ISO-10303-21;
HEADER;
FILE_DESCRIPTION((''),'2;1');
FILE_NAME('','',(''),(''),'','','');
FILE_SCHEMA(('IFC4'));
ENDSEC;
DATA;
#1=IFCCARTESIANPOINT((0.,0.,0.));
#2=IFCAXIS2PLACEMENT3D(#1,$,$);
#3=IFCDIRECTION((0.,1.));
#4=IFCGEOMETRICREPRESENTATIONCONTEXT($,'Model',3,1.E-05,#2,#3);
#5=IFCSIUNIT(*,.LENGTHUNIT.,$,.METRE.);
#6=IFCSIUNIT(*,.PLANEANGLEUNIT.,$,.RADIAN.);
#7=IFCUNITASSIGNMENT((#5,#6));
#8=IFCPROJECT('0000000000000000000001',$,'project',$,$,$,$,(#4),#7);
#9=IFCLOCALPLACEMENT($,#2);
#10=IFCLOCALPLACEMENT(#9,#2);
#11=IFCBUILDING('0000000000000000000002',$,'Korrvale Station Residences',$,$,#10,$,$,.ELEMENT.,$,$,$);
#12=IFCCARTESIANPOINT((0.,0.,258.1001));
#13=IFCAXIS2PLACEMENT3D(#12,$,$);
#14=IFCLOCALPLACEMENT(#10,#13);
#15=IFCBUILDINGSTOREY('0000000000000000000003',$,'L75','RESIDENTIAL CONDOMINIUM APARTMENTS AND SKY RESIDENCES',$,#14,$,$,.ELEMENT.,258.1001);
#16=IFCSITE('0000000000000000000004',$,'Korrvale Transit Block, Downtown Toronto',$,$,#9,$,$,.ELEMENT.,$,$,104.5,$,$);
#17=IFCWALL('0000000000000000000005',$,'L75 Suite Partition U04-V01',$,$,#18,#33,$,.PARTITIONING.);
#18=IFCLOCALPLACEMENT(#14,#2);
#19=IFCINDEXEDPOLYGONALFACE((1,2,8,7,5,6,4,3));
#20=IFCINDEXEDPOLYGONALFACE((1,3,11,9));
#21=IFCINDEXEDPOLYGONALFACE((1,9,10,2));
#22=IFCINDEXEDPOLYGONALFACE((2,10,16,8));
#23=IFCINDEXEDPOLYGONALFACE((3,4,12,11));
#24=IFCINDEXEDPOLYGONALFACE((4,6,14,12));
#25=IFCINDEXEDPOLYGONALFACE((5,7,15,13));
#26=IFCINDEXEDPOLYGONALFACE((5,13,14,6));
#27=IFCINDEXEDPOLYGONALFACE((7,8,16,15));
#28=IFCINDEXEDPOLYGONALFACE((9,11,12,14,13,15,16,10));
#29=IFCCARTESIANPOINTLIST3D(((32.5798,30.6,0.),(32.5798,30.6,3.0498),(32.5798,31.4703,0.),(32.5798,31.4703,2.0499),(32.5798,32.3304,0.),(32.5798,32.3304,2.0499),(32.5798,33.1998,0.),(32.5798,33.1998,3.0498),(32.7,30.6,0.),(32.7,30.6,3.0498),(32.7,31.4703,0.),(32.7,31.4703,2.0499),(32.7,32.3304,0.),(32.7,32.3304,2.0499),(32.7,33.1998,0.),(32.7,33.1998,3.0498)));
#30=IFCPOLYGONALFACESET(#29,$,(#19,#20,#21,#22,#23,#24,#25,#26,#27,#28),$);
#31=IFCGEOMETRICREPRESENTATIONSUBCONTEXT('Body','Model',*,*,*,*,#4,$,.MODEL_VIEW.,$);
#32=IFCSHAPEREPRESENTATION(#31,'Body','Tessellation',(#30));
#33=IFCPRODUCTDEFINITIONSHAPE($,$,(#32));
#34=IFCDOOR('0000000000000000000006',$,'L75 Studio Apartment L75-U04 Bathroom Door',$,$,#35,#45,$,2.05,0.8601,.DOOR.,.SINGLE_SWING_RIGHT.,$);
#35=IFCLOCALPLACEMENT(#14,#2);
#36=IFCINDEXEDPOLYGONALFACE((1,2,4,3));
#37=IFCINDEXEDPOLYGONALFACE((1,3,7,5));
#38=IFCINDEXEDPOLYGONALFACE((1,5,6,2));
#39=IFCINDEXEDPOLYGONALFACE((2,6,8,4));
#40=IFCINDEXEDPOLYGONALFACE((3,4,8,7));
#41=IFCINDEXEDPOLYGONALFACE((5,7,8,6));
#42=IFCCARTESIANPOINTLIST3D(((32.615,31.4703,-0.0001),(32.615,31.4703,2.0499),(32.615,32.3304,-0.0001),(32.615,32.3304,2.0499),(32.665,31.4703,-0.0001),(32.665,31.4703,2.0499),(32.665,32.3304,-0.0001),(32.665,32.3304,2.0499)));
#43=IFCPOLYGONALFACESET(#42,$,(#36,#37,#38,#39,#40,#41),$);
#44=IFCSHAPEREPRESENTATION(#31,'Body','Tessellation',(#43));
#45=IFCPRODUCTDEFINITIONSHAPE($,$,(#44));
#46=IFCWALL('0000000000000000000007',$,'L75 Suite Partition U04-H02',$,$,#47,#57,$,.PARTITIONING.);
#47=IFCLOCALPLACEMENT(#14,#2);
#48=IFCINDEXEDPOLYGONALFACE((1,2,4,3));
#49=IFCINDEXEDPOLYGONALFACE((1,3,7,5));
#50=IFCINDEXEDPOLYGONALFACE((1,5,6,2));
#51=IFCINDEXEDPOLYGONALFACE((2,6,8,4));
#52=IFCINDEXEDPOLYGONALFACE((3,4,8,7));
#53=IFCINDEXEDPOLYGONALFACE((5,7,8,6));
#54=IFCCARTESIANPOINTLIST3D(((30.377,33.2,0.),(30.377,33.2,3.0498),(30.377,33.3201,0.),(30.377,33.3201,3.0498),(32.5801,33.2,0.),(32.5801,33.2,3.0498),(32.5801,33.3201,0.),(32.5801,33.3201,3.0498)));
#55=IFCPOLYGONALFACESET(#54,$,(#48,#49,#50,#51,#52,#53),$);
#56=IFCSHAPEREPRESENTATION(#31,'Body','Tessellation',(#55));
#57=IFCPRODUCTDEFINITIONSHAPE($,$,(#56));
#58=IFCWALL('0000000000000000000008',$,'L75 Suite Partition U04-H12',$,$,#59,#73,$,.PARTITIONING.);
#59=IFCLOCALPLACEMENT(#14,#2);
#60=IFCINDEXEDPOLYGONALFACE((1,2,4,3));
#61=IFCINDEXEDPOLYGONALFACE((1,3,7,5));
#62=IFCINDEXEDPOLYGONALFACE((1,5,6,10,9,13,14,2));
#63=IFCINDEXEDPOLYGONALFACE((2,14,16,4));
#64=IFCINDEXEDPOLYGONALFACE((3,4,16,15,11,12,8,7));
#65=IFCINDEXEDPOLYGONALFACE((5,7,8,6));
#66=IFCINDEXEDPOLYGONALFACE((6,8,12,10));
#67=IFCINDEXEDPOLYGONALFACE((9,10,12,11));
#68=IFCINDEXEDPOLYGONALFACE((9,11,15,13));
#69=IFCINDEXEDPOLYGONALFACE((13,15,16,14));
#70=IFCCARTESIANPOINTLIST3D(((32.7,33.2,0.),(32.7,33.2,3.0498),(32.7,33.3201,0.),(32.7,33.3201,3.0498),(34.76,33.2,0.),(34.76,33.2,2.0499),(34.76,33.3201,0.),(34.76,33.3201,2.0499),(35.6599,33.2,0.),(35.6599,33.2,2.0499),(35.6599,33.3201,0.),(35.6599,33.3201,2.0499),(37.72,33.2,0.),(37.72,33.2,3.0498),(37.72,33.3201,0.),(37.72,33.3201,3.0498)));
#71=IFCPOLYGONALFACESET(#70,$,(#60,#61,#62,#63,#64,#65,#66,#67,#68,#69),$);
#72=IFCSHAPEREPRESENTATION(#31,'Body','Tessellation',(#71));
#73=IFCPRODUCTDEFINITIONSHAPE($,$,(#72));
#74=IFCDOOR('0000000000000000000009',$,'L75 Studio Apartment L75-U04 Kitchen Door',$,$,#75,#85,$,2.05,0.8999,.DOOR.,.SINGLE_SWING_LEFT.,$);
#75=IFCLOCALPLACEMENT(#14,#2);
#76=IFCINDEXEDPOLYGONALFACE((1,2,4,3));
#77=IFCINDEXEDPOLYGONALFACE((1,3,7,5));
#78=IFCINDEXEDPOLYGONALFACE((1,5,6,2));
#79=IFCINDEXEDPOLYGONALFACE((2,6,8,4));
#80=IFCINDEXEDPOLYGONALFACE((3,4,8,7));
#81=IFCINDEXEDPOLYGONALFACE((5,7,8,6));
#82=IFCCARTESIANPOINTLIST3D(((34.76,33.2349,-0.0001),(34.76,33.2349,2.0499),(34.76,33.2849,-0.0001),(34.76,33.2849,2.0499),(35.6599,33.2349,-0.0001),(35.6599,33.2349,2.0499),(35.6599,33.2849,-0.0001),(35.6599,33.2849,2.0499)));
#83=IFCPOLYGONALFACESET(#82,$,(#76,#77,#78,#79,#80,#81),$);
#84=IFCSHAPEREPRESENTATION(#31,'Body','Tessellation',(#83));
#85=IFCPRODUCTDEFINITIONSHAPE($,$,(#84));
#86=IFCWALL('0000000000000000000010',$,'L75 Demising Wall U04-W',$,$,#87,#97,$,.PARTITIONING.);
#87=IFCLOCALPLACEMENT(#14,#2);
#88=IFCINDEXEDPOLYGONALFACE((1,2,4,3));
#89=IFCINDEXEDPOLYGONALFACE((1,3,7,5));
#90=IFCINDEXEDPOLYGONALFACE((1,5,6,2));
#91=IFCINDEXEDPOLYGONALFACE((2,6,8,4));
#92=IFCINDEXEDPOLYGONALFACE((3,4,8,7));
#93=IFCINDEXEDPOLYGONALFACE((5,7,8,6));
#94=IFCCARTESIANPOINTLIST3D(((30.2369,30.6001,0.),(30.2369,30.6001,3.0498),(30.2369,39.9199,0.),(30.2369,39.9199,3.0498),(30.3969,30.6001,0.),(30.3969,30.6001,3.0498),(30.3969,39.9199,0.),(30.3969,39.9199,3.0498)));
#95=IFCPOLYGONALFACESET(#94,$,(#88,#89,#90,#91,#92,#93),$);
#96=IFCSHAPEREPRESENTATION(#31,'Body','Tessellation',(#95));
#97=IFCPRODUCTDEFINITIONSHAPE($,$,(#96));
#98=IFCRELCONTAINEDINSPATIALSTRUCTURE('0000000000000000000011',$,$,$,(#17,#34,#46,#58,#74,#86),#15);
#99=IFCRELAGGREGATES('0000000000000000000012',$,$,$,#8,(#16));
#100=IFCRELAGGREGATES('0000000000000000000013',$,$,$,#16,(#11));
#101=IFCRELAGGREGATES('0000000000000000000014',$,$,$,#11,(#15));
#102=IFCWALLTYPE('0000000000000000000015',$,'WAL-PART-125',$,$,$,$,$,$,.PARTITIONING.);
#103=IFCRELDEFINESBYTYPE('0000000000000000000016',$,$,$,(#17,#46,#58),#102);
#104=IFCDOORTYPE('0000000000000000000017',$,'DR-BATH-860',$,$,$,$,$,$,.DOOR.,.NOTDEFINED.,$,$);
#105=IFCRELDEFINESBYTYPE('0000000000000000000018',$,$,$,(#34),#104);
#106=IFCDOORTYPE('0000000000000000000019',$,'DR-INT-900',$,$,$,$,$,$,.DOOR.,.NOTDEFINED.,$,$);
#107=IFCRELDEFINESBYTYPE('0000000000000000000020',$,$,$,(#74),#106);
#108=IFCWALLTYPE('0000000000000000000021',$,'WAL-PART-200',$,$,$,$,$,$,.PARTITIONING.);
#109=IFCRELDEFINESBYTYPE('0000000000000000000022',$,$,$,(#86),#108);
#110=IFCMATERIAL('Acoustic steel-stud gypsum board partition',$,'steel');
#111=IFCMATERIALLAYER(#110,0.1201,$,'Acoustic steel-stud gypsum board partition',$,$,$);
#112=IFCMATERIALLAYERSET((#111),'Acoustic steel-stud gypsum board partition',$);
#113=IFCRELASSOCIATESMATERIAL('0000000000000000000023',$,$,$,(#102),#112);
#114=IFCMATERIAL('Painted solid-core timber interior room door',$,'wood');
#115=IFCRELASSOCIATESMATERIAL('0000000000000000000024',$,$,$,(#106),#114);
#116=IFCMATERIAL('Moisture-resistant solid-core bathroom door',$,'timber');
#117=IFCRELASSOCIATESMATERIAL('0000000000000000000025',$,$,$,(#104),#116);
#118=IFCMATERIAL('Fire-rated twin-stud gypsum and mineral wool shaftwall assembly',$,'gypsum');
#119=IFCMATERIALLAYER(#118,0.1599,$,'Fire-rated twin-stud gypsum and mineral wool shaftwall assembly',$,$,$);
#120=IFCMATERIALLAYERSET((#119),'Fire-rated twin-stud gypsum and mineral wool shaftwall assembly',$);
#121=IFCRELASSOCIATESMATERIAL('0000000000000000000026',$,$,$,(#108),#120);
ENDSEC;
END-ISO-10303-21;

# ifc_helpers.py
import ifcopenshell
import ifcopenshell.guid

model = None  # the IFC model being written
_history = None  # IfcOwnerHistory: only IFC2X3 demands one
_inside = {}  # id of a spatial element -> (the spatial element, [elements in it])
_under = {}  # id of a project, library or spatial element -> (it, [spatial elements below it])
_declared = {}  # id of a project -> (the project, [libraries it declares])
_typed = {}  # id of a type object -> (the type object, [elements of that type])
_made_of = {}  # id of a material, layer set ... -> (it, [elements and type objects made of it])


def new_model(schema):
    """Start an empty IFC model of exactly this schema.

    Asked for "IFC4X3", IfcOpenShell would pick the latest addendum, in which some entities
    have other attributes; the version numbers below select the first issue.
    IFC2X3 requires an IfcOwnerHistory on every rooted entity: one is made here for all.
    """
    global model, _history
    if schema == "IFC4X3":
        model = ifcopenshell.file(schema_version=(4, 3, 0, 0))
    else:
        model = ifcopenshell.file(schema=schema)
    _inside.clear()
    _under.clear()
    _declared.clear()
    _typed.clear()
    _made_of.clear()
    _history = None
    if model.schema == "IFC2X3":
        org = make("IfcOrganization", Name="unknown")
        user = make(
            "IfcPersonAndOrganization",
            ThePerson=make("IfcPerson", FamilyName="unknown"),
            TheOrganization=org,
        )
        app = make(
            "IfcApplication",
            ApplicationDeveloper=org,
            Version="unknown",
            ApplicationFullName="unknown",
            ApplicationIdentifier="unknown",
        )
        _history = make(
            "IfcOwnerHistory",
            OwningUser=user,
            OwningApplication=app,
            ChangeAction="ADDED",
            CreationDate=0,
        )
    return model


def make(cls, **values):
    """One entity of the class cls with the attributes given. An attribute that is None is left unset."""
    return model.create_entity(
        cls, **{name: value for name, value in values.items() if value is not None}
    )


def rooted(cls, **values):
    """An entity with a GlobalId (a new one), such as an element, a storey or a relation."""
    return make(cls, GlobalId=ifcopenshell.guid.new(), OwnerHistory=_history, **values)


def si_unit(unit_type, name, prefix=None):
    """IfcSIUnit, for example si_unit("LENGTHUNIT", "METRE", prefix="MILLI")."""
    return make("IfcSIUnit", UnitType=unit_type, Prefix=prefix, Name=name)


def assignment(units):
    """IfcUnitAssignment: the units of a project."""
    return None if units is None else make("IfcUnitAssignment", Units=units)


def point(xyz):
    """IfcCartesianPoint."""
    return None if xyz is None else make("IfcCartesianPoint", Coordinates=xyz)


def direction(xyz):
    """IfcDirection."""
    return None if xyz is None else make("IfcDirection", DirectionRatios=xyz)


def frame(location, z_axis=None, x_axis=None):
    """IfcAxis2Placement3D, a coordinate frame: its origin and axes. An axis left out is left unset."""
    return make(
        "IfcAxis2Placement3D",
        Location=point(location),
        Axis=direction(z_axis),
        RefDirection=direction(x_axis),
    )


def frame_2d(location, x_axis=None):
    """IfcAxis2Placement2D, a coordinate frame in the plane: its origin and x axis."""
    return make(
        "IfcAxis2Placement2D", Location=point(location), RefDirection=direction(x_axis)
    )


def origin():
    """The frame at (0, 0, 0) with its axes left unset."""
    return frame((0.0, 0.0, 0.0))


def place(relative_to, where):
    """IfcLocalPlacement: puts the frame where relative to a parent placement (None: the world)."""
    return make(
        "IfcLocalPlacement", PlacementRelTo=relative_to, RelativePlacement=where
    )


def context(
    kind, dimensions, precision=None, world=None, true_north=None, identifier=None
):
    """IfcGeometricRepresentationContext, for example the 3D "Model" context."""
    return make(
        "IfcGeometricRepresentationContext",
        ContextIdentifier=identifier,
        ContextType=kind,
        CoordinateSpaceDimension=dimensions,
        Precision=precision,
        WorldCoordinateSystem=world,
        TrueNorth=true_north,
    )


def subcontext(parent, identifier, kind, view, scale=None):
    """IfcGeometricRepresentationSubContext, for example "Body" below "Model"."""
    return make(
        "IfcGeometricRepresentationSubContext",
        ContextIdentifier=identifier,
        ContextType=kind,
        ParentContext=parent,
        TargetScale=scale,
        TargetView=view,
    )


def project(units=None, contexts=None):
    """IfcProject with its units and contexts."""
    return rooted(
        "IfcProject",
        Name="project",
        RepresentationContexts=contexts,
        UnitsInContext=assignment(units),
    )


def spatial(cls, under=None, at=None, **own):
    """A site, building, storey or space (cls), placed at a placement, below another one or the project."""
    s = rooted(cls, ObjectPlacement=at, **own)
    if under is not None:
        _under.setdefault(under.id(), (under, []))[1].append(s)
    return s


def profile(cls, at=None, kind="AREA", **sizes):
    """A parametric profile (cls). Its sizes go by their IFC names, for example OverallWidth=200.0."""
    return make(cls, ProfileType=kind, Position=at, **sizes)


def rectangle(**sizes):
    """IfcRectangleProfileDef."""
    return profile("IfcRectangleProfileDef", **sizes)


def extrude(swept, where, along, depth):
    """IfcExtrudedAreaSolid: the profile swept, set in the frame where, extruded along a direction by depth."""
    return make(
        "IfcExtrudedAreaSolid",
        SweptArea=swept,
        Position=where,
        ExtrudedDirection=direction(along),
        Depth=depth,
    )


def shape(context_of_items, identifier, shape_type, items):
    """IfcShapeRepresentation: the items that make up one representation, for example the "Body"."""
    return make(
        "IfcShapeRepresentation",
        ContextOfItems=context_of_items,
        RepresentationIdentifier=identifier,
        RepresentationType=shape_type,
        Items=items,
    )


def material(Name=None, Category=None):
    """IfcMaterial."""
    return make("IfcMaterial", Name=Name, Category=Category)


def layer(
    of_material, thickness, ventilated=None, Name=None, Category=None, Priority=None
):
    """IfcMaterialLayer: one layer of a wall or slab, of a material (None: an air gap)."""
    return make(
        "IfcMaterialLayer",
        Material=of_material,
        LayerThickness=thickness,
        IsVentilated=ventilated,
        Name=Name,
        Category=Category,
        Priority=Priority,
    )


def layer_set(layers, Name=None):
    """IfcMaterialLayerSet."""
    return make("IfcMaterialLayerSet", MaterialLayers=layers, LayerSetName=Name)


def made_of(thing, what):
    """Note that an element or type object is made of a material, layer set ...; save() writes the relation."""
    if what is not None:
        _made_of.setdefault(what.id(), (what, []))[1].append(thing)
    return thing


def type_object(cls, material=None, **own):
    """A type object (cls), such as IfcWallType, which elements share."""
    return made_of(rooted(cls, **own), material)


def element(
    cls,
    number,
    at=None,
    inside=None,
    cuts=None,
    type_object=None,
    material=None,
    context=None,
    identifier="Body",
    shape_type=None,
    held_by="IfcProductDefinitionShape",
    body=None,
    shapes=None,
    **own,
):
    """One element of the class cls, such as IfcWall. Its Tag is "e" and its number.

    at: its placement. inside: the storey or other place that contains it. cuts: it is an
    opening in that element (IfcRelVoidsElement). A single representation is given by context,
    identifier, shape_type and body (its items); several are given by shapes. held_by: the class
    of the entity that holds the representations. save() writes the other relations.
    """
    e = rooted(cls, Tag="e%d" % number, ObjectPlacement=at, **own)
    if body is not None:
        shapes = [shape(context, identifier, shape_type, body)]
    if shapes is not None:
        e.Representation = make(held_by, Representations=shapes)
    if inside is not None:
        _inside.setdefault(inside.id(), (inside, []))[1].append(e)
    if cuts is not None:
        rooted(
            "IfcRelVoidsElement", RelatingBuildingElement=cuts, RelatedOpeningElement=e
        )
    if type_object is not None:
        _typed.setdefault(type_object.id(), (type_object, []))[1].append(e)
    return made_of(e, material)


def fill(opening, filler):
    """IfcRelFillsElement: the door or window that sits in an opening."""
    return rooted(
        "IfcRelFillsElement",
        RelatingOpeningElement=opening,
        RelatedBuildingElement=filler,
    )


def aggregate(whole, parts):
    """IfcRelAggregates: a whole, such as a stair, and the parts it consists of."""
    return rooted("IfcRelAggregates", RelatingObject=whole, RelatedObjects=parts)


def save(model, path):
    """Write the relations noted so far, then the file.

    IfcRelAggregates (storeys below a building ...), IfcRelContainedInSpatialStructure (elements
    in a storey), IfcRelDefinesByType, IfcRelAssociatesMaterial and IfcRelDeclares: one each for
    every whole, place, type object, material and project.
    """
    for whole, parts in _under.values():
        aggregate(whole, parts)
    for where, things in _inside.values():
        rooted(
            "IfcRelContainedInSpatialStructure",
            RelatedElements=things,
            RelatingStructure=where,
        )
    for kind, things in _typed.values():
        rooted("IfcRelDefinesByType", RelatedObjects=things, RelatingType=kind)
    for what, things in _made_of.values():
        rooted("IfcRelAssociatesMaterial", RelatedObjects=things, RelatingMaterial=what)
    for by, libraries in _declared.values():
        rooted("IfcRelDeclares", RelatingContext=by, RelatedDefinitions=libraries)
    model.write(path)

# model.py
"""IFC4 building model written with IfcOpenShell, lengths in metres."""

from ifc_helpers import new_model, si_unit, direction, frame, frame_2d, origin, place, context, subcontext, project, spatial, rectangle, extrude, material, layer, layer_set, type_object, element, fill, save


model = new_model("IFC4")

# Units and contexts
model_context = context("Model", 3, precision=1e-05, world=origin(), true_north=direction((0.0, 1.0)))
body_context = subcontext(model_context, "Body", "Model", "MODEL_VIEW")
ifc_project = project(units=[si_unit("LENGTHUNIT", "METRE"), si_unit("PLANEANGLEUNIT", "RADIAN")], contexts=[model_context])

# Site, building, storey
site_placement = place(None, origin())
site = spatial("IfcSite", under=ifc_project, at=site_placement, Name="Korrvale Transit Block, Downtown Toronto", CompositionType="ELEMENT", RefElevation=104.5)
building_placement = place(site_placement, origin())
building = spatial("IfcBuilding", under=site, at=building_placement, Name="Korrvale Station Residences", CompositionType="ELEMENT")
storey_placement = place(building_placement, frame((0.0, 0.0, 258.1001)))
storey = spatial("IfcBuildingStorey", under=building, at=storey_placement, Name="L75", Description="RESIDENTIAL CONDOMINIUM APARTMENTS AND SKY RESIDENCES", CompositionType="ELEMENT", Elevation=258.1001)

# Shared definitions
ifc_material_1 = material(Name="Acoustic steel-stud gypsum board partition", Category="steel")
ifc_layer_1 = layer(ifc_material_1, 0.1201, Name="Acoustic steel-stud gypsum board partition")
ifc_layer_set_1 = layer_set([ifc_layer_1], Name="Acoustic steel-stud gypsum board partition")
wall_type_1 = type_object("IfcWallType", Name="WAL-PART-125", PredefinedType="PARTITIONING", material=ifc_layer_set_1)
ifc_material_2 = material(Name="Painted solid-core timber interior room door", Category="wood")
door_type_1 = type_object("IfcDoorType", Name="DR-INT-900", OperationType="NOTDEFINED", PredefinedType="DOOR", material=ifc_material_2)

# Wall, opening, door
wall_1_placement = place(storey_placement, frame((32.6399, 30.6001, 0.0), z_axis=(0.0, 0.0, 1.0), x_axis=(0.0, 1.0, 0.0)))
wall_1 = element("IfcWall", 1, at=wall_1_placement, inside=storey, type_object=wall_type_1, Name="L75 Suite Partition U04-V01", PredefinedType="PARTITIONING", context=body_context, shape_type="SweptSolid", body=[
    extrude(rectangle(XDim=2.5999, YDim=0.1201, at=frame_2d((1.2998, 0.0))), origin(), (0.0, 0.0, 1.0), 3.0498),
])
opening_1_placement = place(wall_1_placement, frame((0.8701, 0.0, 0.0)))
opening_1 = element("IfcOpeningElement", 2, at=opening_1_placement, cuts=wall_1, PredefinedType="OPENING", context=body_context, shape_type="SweptSolid", body=[
    extrude(rectangle(XDim=0.8601, YDim=2.05, at=frame_2d((0.4302, 1.0249))), frame((0.0, 0.0701, 0.0), z_axis=(0.0, -1.0, 0.0), x_axis=(1.0, 0.0, 0.0)), (0.0, 0.0, 1.0), 0.1401),
])
ifc_material_3 = material(Name="Moisture-resistant solid-core bathroom door", Category="timber")
door_type_2 = type_object("IfcDoorType", Name="DR-BATH-860", OperationType="NOTDEFINED", PredefinedType="DOOR", material=ifc_material_3)
door_1_placement = place(opening_1_placement, origin())
door_1 = element("IfcDoor", 3, at=door_1_placement, inside=storey, type_object=door_type_2, Name="L75 Studio Apartment L75-U04 Bathroom Door", OperationType="SINGLE_SWING_RIGHT", OverallHeight=2.05, OverallWidth=0.8601, PredefinedType="DOOR", context=body_context, shape_type="SweptSolid", body=[
    extrude(rectangle(XDim=0.8601, YDim=2.05, at=frame_2d((0.4302, 1.0249))), frame((0.0, 0.0249, 0.0), z_axis=(0.0, -1.0, 0.0), x_axis=(1.0, 0.0, 0.0)), (0.0, 0.0, 1.0), 0.05),
])
fill(opening_1, door_1)

# Wall
wall_2_placement = place(storey_placement, frame((30.377, 33.26, 0.0), z_axis=(0.0, 0.0, 1.0), x_axis=(1.0, 0.0, 0.0)))
element("IfcWall", 4, at=wall_2_placement, inside=storey, type_object=wall_type_1, Name="L75 Suite Partition U04-H02", PredefinedType="PARTITIONING", context=body_context, shape_type="SweptSolid", body=[
    extrude(rectangle(XDim=2.2031, YDim=0.1201, at=frame_2d((1.1016, 0.0))), origin(), (0.0, 0.0, 1.0), 3.0498),
])

# Wall, opening, door
wall_3_placement = place(storey_placement, frame((32.7, 33.26, 0.0), z_axis=(0.0, 0.0, 1.0), x_axis=(1.0, 0.0, 0.0)))
wall_3 = element("IfcWall", 5, at=wall_3_placement, inside=storey, type_object=wall_type_1, Name="L75 Suite Partition U04-H12", PredefinedType="PARTITIONING", context=body_context, shape_type="SweptSolid", body=[
    extrude(rectangle(XDim=5.02, YDim=0.1201, at=frame_2d((2.51, 0.0))), origin(), (0.0, 0.0, 1.0), 3.0498),
])
opening_2_placement = place(wall_3_placement, frame((2.0601, 0.0, 0.0)))
opening_2 = element("IfcOpeningElement", 6, at=opening_2_placement, cuts=wall_3, PredefinedType="OPENING", context=body_context, shape_type="SweptSolid", body=[
    extrude(rectangle(XDim=0.8999, YDim=2.05, at=frame_2d((0.45, 1.0249))), frame((0.0, 0.0701, 0.0), z_axis=(0.0, -1.0, 0.0), x_axis=(1.0, 0.0, 0.0)), (0.0, 0.0, 1.0), 0.1401),
])
door_2_placement = place(opening_2_placement, origin())
door_2 = element("IfcDoor", 7, at=door_2_placement, inside=storey, type_object=door_type_1, Name="L75 Studio Apartment L75-U04 Kitchen Door", OperationType="SINGLE_SWING_LEFT", OverallHeight=2.05, OverallWidth=0.8999, PredefinedType="DOOR", context=body_context, shape_type="SweptSolid", body=[
    extrude(rectangle(XDim=0.8999, YDim=2.05, at=frame_2d((0.45, 1.0249))), frame((0.0, 0.0249, 0.0), z_axis=(0.0, -1.0, 0.0), x_axis=(1.0, 0.0, 0.0)), (0.0, 0.0, 1.0), 0.05),
])
fill(opening_2, door_2)

# Wall
ifc_material_4 = material(Name="Fire-rated twin-stud gypsum and mineral wool shaftwall assembly", Category="gypsum")
ifc_layer_2 = layer(ifc_material_4, 0.1599, Name="Fire-rated twin-stud gypsum and mineral wool shaftwall assembly")
ifc_layer_set_2 = layer_set([ifc_layer_2], Name="Fire-rated twin-stud gypsum and mineral wool shaftwall assembly")
wall_type_2 = type_object("IfcWallType", Name="WAL-PART-200", PredefinedType="PARTITIONING", material=ifc_layer_set_2)
wall_4_placement = place(storey_placement, frame((30.3169, 30.6001, 0.0), z_axis=(0.0, 0.0, 1.0), x_axis=(0.0, 1.0, 0.0)))
element("IfcWall", 8, at=wall_4_placement, inside=storey, type_object=wall_type_2, Name="L75 Demising Wall U04-W", PredefinedType="PARTITIONING", context=body_context, shape_type="SweptSolid", body=[
    extrude(rectangle(XDim=9.3198, YDim=0.1599, at=frame_2d((4.6599, 0.0))), origin(), (0.0, 0.0, 1.0), 3.0498),
])

save(model, "model.ifc")
